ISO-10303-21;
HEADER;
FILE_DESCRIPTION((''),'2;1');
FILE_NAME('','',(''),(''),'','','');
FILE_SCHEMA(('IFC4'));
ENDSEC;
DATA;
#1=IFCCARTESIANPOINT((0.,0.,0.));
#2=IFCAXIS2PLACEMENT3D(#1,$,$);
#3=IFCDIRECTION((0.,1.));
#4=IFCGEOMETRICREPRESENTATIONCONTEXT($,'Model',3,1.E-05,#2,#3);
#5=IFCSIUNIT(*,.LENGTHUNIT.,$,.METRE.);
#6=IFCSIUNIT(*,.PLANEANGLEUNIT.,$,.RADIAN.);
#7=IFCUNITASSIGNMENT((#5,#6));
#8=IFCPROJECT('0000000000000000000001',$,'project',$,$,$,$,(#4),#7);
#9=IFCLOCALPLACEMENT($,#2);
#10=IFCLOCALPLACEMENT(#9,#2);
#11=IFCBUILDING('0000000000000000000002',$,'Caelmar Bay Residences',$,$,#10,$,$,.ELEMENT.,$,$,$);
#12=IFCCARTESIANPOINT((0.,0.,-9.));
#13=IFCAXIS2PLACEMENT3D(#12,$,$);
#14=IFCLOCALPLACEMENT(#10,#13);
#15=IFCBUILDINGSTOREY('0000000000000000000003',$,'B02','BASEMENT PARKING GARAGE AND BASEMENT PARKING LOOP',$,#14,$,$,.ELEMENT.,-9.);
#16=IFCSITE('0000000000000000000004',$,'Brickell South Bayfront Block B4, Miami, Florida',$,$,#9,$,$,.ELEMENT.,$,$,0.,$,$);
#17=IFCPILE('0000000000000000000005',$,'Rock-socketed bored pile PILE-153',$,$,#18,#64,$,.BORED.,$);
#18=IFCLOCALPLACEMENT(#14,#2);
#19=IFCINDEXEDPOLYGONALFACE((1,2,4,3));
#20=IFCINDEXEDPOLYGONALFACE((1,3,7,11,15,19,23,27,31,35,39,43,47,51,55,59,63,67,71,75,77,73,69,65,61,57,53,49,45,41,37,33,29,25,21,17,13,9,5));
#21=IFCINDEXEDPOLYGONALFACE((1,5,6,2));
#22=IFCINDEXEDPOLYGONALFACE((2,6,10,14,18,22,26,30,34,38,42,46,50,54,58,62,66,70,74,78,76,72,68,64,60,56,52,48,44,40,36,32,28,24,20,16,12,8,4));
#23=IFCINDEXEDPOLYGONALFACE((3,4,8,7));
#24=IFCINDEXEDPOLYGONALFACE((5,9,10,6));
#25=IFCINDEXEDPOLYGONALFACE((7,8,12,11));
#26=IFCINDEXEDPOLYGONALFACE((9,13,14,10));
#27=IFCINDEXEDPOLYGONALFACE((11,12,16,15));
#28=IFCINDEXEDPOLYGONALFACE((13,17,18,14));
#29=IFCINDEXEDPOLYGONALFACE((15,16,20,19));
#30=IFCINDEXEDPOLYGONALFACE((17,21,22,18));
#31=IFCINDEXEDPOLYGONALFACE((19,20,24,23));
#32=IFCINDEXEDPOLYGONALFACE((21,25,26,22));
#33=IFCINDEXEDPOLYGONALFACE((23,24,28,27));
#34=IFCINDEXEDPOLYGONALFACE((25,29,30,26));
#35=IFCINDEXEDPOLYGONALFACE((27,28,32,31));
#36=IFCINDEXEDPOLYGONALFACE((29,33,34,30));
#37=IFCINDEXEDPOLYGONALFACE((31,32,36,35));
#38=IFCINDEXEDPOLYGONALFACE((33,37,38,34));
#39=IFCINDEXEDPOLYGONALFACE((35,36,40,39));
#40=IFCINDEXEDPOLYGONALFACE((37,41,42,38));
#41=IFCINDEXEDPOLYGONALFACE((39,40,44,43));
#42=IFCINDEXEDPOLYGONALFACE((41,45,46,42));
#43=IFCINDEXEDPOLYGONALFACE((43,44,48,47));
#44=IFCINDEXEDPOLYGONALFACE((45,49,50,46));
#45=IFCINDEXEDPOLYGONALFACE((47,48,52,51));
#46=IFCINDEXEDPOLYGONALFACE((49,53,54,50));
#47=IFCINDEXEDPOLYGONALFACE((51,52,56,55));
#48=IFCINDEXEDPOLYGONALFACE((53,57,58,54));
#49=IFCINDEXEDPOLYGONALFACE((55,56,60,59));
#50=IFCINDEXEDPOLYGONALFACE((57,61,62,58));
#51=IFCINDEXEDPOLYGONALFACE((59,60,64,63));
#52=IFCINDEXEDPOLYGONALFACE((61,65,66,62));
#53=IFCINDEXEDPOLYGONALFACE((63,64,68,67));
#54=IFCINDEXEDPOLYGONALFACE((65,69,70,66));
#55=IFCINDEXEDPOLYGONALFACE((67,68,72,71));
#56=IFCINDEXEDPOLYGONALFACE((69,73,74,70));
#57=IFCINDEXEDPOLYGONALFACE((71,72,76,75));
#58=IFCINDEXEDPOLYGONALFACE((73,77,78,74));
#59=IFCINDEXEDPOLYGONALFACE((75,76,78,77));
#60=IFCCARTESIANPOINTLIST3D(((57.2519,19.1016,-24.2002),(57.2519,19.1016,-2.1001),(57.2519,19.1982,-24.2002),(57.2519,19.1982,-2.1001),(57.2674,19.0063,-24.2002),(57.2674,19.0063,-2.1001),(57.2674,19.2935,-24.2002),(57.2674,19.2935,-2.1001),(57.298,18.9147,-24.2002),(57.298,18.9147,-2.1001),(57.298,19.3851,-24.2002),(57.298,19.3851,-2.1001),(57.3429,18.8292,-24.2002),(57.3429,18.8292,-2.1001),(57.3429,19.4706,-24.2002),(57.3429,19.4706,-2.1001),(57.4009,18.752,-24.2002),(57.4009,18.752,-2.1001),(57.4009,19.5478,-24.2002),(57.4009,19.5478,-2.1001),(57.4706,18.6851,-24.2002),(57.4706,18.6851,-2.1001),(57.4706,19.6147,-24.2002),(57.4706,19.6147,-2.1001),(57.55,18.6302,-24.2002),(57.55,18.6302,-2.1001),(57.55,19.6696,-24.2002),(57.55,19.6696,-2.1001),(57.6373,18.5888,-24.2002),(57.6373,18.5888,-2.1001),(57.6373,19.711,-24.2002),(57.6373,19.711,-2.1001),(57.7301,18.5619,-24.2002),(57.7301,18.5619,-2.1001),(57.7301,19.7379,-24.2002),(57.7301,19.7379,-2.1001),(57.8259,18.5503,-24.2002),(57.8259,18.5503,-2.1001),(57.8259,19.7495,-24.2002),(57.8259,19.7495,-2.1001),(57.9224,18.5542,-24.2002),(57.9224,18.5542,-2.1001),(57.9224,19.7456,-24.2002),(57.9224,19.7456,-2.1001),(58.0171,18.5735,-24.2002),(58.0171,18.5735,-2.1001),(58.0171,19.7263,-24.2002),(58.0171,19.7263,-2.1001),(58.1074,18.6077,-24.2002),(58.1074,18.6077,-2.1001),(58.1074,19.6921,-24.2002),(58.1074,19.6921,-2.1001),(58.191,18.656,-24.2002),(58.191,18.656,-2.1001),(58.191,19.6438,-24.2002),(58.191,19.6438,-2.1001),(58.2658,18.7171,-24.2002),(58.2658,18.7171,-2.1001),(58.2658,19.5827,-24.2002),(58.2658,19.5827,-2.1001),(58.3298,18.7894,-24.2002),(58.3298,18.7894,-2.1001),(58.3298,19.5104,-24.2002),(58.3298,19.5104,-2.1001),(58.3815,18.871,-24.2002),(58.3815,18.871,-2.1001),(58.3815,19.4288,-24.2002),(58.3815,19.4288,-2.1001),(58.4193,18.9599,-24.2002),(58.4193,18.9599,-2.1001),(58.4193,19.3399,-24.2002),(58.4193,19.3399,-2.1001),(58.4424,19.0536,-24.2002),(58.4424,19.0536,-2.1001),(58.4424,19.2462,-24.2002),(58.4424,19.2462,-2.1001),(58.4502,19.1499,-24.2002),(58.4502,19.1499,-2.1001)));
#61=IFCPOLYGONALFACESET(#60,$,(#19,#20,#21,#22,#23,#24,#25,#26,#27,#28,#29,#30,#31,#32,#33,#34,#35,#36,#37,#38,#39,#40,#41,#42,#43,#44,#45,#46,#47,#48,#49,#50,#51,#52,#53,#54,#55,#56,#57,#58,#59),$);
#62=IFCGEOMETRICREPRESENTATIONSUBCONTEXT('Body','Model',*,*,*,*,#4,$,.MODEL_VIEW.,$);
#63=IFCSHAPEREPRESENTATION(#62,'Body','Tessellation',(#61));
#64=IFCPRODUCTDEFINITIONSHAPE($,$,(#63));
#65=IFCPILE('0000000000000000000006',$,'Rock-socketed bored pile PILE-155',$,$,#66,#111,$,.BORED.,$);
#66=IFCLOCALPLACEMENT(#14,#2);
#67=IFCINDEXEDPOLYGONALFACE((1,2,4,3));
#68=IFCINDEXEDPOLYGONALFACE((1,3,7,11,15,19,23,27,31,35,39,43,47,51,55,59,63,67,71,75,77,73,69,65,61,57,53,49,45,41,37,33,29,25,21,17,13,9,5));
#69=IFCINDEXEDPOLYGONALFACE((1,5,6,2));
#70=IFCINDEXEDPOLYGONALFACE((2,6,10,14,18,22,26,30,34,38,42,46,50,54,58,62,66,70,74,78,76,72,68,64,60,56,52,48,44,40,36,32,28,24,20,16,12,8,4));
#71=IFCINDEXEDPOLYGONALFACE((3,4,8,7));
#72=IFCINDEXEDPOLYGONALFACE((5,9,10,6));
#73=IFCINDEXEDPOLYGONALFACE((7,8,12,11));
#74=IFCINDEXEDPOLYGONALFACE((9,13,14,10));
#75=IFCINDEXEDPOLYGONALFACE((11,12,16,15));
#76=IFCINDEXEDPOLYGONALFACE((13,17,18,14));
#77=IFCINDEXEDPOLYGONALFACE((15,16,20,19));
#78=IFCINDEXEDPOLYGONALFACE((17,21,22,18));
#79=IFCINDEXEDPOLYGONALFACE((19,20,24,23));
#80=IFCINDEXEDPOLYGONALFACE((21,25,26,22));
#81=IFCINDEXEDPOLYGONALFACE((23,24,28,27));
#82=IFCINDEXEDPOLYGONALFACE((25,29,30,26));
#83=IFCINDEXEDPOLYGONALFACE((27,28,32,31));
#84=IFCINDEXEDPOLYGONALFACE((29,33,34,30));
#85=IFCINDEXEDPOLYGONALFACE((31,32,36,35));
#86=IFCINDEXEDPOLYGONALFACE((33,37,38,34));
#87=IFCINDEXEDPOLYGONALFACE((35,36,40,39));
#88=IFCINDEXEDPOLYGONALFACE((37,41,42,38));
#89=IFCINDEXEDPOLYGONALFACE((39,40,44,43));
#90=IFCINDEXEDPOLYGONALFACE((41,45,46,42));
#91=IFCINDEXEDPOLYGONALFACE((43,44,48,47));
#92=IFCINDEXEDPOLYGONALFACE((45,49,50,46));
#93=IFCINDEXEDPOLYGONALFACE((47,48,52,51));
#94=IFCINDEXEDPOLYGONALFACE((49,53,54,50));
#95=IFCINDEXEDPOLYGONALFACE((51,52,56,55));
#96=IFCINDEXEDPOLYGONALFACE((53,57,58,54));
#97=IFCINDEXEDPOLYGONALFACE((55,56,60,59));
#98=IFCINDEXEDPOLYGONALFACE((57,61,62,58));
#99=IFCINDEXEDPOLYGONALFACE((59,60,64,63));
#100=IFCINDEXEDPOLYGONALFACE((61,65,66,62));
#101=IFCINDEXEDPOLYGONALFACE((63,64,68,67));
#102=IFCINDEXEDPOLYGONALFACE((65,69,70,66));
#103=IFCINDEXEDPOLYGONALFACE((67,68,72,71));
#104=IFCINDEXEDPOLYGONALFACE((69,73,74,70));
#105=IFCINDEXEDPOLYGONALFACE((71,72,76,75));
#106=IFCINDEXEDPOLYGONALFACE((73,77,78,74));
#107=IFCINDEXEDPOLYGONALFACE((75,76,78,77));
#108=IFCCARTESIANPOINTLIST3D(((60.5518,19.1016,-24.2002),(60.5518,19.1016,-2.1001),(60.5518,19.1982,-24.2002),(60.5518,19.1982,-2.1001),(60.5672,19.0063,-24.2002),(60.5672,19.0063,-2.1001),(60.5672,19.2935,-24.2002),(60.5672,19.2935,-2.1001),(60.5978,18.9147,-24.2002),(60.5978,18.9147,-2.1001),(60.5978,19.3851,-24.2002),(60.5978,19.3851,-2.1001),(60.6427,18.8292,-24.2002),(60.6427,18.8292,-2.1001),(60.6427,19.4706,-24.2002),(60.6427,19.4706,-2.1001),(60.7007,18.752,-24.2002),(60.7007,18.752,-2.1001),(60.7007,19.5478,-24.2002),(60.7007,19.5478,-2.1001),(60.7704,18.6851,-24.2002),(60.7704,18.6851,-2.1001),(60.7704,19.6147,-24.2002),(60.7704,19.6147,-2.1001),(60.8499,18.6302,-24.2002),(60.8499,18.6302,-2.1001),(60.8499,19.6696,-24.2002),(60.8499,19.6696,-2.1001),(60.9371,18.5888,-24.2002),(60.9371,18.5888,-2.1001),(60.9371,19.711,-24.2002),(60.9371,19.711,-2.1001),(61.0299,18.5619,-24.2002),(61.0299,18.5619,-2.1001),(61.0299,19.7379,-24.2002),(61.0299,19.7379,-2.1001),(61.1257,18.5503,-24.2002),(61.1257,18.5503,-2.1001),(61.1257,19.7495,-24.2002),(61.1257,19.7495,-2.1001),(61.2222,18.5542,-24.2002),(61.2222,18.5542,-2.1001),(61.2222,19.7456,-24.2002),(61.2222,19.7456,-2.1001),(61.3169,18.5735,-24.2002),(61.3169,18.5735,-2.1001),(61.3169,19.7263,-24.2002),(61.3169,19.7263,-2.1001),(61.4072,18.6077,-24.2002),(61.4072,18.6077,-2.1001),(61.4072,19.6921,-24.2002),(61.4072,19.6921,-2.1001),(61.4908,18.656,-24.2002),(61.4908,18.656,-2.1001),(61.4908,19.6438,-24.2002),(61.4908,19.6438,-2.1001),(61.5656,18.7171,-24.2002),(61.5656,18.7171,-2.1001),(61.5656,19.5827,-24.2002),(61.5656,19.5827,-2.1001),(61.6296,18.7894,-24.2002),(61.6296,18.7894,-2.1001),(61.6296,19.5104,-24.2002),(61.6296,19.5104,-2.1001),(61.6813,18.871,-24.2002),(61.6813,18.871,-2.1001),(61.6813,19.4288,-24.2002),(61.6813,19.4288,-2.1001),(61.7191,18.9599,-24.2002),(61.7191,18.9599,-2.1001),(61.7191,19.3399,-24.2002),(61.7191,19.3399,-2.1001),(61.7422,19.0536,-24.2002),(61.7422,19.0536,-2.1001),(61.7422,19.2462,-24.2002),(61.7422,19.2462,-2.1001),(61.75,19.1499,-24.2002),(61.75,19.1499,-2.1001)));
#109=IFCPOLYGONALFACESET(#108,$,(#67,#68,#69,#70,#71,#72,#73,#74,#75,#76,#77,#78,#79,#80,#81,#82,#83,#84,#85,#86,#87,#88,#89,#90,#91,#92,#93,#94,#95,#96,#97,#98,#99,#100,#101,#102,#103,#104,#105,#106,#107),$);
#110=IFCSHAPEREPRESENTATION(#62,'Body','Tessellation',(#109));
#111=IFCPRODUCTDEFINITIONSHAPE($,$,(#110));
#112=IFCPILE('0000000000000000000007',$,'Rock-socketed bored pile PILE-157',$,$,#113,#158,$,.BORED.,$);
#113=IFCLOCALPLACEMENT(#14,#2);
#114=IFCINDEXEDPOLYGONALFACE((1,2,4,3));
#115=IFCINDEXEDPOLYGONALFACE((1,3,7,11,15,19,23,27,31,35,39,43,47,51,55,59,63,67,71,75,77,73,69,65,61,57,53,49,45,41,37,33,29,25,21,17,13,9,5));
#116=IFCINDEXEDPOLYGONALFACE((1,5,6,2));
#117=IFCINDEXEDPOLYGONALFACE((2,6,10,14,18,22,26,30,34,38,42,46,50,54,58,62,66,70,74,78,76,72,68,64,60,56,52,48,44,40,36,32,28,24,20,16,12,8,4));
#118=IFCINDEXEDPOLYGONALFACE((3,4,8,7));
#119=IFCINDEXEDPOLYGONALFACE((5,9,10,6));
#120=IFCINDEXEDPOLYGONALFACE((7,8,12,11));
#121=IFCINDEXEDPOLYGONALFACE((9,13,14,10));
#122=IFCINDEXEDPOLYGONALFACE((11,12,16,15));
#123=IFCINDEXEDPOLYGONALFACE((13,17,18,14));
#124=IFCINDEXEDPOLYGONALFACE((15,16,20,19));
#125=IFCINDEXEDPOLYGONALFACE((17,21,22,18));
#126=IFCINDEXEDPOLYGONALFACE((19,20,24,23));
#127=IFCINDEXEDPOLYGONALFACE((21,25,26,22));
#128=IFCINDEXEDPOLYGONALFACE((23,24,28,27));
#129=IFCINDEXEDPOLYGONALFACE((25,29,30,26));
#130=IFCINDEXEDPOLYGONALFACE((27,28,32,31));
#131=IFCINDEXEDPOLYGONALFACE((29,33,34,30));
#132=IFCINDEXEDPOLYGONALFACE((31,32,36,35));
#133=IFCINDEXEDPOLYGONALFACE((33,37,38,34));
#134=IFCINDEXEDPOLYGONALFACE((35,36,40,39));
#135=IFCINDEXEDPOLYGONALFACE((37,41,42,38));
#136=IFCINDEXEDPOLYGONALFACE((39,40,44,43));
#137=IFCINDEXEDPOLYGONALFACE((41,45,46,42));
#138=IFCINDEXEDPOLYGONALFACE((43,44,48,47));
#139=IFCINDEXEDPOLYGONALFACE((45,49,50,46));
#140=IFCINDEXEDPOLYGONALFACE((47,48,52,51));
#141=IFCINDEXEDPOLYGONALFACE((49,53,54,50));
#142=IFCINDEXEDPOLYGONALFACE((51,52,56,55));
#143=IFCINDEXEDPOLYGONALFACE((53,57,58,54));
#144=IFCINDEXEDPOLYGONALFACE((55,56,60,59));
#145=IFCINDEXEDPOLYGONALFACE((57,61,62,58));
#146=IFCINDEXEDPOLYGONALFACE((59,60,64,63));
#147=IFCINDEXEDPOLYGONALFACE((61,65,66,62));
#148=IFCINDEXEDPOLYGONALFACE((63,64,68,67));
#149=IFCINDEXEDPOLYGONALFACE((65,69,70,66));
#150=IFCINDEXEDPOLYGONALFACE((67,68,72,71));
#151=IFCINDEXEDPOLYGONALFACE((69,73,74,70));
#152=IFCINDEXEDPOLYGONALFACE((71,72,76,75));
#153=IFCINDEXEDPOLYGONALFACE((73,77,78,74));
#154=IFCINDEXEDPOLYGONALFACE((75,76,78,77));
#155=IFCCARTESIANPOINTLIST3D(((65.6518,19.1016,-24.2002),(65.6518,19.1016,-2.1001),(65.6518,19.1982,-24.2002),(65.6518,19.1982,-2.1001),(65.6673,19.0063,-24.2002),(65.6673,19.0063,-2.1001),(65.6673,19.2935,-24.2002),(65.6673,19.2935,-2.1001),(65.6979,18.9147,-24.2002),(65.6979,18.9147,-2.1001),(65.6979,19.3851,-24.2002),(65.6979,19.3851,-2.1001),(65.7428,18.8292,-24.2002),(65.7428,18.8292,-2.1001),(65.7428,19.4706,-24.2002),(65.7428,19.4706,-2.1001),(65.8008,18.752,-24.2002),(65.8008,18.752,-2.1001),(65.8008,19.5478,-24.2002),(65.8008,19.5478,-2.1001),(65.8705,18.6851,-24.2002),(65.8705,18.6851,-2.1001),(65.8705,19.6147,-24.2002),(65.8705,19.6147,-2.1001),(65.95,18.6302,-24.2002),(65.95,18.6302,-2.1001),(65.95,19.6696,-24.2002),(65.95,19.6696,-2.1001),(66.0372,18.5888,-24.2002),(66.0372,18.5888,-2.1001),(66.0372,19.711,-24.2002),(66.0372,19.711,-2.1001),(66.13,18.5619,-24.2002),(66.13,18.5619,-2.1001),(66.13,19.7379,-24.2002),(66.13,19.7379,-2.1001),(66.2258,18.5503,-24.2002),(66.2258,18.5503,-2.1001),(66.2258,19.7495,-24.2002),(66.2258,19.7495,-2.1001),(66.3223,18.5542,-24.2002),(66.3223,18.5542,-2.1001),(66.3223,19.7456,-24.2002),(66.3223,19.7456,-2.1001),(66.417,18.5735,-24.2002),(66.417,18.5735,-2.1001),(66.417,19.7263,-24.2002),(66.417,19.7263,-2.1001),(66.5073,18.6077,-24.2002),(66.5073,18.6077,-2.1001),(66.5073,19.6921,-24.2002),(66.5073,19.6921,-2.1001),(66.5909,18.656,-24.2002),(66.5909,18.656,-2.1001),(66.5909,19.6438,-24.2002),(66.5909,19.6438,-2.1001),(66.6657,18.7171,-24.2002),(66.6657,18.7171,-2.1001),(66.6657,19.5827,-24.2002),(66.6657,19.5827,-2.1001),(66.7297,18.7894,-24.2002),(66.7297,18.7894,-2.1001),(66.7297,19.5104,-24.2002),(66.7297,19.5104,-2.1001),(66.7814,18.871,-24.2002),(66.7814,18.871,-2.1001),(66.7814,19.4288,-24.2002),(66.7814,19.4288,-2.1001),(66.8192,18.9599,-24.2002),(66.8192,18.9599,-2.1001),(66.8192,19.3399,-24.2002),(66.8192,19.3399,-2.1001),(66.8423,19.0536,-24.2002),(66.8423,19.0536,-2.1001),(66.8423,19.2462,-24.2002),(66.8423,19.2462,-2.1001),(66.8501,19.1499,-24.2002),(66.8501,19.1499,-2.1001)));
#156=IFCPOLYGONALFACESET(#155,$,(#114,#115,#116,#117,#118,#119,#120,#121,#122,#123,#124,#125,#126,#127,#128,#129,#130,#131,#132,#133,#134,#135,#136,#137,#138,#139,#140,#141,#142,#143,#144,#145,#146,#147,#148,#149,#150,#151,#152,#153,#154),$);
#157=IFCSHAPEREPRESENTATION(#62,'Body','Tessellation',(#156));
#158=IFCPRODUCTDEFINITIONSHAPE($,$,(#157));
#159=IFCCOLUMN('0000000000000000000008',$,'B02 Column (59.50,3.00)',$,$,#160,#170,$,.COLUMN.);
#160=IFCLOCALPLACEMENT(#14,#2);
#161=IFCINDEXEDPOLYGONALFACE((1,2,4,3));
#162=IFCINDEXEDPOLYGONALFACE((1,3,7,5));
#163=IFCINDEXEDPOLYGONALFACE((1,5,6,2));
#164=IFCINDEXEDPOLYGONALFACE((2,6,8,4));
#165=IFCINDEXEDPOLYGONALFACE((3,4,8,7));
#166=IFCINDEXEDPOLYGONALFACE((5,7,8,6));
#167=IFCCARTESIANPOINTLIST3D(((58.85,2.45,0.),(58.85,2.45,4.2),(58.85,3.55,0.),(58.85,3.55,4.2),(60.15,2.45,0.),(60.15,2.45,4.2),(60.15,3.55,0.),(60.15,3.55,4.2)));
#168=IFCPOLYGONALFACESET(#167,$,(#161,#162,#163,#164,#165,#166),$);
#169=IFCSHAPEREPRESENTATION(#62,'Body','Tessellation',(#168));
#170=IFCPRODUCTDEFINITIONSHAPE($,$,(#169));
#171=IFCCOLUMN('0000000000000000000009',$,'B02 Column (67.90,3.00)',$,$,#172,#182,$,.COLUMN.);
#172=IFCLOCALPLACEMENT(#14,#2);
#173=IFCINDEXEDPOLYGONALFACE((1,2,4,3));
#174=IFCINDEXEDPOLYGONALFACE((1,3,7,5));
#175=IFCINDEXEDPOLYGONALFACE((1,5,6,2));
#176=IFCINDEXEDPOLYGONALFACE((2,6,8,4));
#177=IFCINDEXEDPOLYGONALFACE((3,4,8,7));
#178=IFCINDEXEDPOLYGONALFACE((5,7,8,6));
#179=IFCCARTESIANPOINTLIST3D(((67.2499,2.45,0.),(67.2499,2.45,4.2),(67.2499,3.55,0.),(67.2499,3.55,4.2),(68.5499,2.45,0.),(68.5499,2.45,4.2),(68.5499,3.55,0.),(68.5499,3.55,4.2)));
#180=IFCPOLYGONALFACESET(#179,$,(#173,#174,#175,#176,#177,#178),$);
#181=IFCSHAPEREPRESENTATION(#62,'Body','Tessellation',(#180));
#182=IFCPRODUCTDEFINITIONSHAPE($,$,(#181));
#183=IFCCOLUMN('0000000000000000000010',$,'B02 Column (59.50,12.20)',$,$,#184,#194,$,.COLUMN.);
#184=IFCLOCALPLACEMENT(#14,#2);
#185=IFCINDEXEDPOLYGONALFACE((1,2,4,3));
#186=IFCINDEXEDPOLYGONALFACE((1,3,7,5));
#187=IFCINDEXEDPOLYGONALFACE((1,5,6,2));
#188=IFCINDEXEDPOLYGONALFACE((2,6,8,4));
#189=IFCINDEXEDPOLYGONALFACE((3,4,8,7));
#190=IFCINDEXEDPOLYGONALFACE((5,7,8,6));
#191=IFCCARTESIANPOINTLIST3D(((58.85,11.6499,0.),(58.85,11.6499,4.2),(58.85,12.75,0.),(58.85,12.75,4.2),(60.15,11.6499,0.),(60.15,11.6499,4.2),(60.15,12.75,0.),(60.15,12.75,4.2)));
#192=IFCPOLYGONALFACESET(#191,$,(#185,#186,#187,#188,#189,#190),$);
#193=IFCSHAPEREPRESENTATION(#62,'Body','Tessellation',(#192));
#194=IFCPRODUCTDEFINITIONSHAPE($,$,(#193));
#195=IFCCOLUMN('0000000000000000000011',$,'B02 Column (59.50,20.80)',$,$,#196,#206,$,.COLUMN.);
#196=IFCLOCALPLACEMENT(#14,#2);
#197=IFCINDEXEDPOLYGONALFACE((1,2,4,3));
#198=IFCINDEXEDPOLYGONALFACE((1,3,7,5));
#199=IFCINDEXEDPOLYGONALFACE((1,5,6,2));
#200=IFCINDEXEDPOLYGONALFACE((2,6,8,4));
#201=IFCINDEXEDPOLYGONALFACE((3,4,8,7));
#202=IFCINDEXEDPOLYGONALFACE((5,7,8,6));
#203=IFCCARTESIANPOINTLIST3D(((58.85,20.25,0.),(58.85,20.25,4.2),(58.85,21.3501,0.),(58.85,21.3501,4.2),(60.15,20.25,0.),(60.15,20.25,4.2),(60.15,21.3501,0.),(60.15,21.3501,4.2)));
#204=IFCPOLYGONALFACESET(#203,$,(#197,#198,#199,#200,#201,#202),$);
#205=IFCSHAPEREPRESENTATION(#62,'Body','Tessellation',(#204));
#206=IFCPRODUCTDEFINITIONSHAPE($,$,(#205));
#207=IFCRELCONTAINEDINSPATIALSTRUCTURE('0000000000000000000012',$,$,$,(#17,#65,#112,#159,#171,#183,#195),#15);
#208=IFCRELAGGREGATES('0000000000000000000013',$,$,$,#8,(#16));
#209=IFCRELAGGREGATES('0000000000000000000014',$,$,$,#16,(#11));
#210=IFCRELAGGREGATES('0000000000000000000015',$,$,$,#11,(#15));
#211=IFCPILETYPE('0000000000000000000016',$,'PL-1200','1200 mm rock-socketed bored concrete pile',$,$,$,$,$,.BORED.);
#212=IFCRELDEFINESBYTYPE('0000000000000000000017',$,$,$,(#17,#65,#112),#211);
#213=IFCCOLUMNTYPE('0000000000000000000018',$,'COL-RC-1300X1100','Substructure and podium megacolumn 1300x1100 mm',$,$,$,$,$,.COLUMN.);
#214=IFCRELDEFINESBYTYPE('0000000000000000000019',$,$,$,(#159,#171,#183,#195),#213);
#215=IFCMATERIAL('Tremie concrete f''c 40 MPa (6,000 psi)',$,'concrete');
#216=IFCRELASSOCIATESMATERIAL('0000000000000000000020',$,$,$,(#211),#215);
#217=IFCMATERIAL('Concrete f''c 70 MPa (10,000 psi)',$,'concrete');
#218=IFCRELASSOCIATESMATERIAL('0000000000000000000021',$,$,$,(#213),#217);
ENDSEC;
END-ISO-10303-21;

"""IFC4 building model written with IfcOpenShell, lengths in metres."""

from ifc_helpers import new_model, si_unit, direction, frame, origin, origin_2d, place, context, subcontext, project, spatial, rectangle, circle, extrude, material, material_profile, profile_set, type_object, element, save


model = new_model("IFC4")

# Units and contexts
model_context = context("Model", 3, precision=1e-05, world=origin(), true_north=direction((0.0, 1.0)))
body_context = subcontext(model_context, "Body", "Model", "MODEL_VIEW")
ifc_project = project(units=[si_unit("LENGTHUNIT", "METRE"), si_unit("PLANEANGLEUNIT", "RADIAN")], contexts=[model_context])

# Site, building, storey
site_placement = place(None, origin())
site = spatial("IfcSite", under=ifc_project, at=site_placement, Name="Brickell South Bayfront Block B4, Miami, Florida", CompositionType="ELEMENT", RefElevation=0.0)
building_placement = place(site_placement, origin())
building = spatial("IfcBuilding", under=site, at=building_placement, Name="Caelmar Bay Residences", CompositionType="ELEMENT")
storey_placement = place(building_placement, frame((0.0, 0.0, -9.0)))
storey = spatial("IfcBuildingStorey", under=building, at=storey_placement, Name="B02", Description="BASEMENT PARKING GARAGE AND BASEMENT PARKING LOOP", CompositionType="ELEMENT", Elevation=-9.0)

# Piles
ifc_material_1 = material(Name="Tremie concrete f'c 40 MPa (6,000 psi)", Category="concrete")
ifc_material_profile_1 = material_profile(ifc_material_1, circle(Radius=0.6001, at=origin_2d()), Name="PILE-1200D")
ifc_profile_set_1 = profile_set([ifc_material_profile_1], Name="Tremie concrete f'c 40 MPa (6,000 psi)")
pile_type = type_object("IfcPileType", Name="PL-1200", Description="1200 mm rock-socketed bored concrete pile", PredefinedType="BORED", material=ifc_profile_set_1)
for number, where, z_axis, x_axis, name in (
    (1, (57.8501, 19.1499, -2.1001), (0.0, 0.0, -1.0), (1.0, 0.0, 0.0), "Rock-socketed bored pile PILE-153"),
    (2, (61.1499, 19.1499, -2.1001), (0.0, 0.0, -1.0), (1.0, 0.0, 0.0), "Rock-socketed bored pile PILE-155"),
    (3, (66.25, 19.1499, -2.1001), (0.0, 0.0, -1.0), (1.0, 0.0, 0.0), "Rock-socketed bored pile PILE-157"),
):
    element("IfcPile", number, at=place(storey_placement, frame(where, z_axis=z_axis, x_axis=x_axis)), inside=storey, type_object=pile_type, Name=name, PredefinedType="BORED", context=body_context, shape_type="SweptSolid", body=[
        extrude(circle(Radius=0.6001, at=origin_2d()), origin(), (0.0, 0.0, 1.0), 22.1001),
    ])

# Columns
ifc_material_2 = material(Name="Concrete f'c 70 MPa (10,000 psi)", Category="concrete")
ifc_material_profile_2 = material_profile(ifc_material_2, rectangle(XDim=1.3, YDim=1.1001, at=origin_2d()), Name="RC-COL-1300X1100")
ifc_profile_set_2 = profile_set([ifc_material_profile_2], Name="Concrete f'c 70 MPa (10,000 psi)")
column_type = type_object("IfcColumnType", Name="COL-RC-1300X1100", Description="Substructure and podium megacolumn 1300x1100 mm", PredefinedType="COLUMN", material=ifc_profile_set_2)
for number, where, z_axis, x_axis, name in (
    (4, (59.5, 3.0, 0.0), (0.0, 0.0, 1.0), (1.0, 0.0, 0.0), "B02 Column (59.50,3.00)"),
    (5, (67.8999, 3.0, 0.0), (0.0, 0.0, 1.0), (1.0, 0.0, 0.0), "B02 Column (67.90,3.00)"),
    (6, (59.5, 12.2, 0.0), (0.0, 0.0, 1.0), (1.0, 0.0, 0.0), "B02 Column (59.50,12.20)"),
    (7, (59.5, 20.8, 0.0), (0.0, 0.0, 1.0), (1.0, 0.0, 0.0), "B02 Column (59.50,20.80)"),
):
    element("IfcColumn", number, at=place(storey_placement, frame(where, z_axis=z_axis, x_axis=x_axis)), inside=storey, type_object=column_type, Name=name, PredefinedType="COLUMN", context=body_context, shape_type="SweptSolid", body=[
        extrude(rectangle(XDim=1.3, YDim=1.1001, at=origin_2d()), origin(), (0.0, 0.0, 1.0), 4.2),
    ])

save(model, "model.ifc")
